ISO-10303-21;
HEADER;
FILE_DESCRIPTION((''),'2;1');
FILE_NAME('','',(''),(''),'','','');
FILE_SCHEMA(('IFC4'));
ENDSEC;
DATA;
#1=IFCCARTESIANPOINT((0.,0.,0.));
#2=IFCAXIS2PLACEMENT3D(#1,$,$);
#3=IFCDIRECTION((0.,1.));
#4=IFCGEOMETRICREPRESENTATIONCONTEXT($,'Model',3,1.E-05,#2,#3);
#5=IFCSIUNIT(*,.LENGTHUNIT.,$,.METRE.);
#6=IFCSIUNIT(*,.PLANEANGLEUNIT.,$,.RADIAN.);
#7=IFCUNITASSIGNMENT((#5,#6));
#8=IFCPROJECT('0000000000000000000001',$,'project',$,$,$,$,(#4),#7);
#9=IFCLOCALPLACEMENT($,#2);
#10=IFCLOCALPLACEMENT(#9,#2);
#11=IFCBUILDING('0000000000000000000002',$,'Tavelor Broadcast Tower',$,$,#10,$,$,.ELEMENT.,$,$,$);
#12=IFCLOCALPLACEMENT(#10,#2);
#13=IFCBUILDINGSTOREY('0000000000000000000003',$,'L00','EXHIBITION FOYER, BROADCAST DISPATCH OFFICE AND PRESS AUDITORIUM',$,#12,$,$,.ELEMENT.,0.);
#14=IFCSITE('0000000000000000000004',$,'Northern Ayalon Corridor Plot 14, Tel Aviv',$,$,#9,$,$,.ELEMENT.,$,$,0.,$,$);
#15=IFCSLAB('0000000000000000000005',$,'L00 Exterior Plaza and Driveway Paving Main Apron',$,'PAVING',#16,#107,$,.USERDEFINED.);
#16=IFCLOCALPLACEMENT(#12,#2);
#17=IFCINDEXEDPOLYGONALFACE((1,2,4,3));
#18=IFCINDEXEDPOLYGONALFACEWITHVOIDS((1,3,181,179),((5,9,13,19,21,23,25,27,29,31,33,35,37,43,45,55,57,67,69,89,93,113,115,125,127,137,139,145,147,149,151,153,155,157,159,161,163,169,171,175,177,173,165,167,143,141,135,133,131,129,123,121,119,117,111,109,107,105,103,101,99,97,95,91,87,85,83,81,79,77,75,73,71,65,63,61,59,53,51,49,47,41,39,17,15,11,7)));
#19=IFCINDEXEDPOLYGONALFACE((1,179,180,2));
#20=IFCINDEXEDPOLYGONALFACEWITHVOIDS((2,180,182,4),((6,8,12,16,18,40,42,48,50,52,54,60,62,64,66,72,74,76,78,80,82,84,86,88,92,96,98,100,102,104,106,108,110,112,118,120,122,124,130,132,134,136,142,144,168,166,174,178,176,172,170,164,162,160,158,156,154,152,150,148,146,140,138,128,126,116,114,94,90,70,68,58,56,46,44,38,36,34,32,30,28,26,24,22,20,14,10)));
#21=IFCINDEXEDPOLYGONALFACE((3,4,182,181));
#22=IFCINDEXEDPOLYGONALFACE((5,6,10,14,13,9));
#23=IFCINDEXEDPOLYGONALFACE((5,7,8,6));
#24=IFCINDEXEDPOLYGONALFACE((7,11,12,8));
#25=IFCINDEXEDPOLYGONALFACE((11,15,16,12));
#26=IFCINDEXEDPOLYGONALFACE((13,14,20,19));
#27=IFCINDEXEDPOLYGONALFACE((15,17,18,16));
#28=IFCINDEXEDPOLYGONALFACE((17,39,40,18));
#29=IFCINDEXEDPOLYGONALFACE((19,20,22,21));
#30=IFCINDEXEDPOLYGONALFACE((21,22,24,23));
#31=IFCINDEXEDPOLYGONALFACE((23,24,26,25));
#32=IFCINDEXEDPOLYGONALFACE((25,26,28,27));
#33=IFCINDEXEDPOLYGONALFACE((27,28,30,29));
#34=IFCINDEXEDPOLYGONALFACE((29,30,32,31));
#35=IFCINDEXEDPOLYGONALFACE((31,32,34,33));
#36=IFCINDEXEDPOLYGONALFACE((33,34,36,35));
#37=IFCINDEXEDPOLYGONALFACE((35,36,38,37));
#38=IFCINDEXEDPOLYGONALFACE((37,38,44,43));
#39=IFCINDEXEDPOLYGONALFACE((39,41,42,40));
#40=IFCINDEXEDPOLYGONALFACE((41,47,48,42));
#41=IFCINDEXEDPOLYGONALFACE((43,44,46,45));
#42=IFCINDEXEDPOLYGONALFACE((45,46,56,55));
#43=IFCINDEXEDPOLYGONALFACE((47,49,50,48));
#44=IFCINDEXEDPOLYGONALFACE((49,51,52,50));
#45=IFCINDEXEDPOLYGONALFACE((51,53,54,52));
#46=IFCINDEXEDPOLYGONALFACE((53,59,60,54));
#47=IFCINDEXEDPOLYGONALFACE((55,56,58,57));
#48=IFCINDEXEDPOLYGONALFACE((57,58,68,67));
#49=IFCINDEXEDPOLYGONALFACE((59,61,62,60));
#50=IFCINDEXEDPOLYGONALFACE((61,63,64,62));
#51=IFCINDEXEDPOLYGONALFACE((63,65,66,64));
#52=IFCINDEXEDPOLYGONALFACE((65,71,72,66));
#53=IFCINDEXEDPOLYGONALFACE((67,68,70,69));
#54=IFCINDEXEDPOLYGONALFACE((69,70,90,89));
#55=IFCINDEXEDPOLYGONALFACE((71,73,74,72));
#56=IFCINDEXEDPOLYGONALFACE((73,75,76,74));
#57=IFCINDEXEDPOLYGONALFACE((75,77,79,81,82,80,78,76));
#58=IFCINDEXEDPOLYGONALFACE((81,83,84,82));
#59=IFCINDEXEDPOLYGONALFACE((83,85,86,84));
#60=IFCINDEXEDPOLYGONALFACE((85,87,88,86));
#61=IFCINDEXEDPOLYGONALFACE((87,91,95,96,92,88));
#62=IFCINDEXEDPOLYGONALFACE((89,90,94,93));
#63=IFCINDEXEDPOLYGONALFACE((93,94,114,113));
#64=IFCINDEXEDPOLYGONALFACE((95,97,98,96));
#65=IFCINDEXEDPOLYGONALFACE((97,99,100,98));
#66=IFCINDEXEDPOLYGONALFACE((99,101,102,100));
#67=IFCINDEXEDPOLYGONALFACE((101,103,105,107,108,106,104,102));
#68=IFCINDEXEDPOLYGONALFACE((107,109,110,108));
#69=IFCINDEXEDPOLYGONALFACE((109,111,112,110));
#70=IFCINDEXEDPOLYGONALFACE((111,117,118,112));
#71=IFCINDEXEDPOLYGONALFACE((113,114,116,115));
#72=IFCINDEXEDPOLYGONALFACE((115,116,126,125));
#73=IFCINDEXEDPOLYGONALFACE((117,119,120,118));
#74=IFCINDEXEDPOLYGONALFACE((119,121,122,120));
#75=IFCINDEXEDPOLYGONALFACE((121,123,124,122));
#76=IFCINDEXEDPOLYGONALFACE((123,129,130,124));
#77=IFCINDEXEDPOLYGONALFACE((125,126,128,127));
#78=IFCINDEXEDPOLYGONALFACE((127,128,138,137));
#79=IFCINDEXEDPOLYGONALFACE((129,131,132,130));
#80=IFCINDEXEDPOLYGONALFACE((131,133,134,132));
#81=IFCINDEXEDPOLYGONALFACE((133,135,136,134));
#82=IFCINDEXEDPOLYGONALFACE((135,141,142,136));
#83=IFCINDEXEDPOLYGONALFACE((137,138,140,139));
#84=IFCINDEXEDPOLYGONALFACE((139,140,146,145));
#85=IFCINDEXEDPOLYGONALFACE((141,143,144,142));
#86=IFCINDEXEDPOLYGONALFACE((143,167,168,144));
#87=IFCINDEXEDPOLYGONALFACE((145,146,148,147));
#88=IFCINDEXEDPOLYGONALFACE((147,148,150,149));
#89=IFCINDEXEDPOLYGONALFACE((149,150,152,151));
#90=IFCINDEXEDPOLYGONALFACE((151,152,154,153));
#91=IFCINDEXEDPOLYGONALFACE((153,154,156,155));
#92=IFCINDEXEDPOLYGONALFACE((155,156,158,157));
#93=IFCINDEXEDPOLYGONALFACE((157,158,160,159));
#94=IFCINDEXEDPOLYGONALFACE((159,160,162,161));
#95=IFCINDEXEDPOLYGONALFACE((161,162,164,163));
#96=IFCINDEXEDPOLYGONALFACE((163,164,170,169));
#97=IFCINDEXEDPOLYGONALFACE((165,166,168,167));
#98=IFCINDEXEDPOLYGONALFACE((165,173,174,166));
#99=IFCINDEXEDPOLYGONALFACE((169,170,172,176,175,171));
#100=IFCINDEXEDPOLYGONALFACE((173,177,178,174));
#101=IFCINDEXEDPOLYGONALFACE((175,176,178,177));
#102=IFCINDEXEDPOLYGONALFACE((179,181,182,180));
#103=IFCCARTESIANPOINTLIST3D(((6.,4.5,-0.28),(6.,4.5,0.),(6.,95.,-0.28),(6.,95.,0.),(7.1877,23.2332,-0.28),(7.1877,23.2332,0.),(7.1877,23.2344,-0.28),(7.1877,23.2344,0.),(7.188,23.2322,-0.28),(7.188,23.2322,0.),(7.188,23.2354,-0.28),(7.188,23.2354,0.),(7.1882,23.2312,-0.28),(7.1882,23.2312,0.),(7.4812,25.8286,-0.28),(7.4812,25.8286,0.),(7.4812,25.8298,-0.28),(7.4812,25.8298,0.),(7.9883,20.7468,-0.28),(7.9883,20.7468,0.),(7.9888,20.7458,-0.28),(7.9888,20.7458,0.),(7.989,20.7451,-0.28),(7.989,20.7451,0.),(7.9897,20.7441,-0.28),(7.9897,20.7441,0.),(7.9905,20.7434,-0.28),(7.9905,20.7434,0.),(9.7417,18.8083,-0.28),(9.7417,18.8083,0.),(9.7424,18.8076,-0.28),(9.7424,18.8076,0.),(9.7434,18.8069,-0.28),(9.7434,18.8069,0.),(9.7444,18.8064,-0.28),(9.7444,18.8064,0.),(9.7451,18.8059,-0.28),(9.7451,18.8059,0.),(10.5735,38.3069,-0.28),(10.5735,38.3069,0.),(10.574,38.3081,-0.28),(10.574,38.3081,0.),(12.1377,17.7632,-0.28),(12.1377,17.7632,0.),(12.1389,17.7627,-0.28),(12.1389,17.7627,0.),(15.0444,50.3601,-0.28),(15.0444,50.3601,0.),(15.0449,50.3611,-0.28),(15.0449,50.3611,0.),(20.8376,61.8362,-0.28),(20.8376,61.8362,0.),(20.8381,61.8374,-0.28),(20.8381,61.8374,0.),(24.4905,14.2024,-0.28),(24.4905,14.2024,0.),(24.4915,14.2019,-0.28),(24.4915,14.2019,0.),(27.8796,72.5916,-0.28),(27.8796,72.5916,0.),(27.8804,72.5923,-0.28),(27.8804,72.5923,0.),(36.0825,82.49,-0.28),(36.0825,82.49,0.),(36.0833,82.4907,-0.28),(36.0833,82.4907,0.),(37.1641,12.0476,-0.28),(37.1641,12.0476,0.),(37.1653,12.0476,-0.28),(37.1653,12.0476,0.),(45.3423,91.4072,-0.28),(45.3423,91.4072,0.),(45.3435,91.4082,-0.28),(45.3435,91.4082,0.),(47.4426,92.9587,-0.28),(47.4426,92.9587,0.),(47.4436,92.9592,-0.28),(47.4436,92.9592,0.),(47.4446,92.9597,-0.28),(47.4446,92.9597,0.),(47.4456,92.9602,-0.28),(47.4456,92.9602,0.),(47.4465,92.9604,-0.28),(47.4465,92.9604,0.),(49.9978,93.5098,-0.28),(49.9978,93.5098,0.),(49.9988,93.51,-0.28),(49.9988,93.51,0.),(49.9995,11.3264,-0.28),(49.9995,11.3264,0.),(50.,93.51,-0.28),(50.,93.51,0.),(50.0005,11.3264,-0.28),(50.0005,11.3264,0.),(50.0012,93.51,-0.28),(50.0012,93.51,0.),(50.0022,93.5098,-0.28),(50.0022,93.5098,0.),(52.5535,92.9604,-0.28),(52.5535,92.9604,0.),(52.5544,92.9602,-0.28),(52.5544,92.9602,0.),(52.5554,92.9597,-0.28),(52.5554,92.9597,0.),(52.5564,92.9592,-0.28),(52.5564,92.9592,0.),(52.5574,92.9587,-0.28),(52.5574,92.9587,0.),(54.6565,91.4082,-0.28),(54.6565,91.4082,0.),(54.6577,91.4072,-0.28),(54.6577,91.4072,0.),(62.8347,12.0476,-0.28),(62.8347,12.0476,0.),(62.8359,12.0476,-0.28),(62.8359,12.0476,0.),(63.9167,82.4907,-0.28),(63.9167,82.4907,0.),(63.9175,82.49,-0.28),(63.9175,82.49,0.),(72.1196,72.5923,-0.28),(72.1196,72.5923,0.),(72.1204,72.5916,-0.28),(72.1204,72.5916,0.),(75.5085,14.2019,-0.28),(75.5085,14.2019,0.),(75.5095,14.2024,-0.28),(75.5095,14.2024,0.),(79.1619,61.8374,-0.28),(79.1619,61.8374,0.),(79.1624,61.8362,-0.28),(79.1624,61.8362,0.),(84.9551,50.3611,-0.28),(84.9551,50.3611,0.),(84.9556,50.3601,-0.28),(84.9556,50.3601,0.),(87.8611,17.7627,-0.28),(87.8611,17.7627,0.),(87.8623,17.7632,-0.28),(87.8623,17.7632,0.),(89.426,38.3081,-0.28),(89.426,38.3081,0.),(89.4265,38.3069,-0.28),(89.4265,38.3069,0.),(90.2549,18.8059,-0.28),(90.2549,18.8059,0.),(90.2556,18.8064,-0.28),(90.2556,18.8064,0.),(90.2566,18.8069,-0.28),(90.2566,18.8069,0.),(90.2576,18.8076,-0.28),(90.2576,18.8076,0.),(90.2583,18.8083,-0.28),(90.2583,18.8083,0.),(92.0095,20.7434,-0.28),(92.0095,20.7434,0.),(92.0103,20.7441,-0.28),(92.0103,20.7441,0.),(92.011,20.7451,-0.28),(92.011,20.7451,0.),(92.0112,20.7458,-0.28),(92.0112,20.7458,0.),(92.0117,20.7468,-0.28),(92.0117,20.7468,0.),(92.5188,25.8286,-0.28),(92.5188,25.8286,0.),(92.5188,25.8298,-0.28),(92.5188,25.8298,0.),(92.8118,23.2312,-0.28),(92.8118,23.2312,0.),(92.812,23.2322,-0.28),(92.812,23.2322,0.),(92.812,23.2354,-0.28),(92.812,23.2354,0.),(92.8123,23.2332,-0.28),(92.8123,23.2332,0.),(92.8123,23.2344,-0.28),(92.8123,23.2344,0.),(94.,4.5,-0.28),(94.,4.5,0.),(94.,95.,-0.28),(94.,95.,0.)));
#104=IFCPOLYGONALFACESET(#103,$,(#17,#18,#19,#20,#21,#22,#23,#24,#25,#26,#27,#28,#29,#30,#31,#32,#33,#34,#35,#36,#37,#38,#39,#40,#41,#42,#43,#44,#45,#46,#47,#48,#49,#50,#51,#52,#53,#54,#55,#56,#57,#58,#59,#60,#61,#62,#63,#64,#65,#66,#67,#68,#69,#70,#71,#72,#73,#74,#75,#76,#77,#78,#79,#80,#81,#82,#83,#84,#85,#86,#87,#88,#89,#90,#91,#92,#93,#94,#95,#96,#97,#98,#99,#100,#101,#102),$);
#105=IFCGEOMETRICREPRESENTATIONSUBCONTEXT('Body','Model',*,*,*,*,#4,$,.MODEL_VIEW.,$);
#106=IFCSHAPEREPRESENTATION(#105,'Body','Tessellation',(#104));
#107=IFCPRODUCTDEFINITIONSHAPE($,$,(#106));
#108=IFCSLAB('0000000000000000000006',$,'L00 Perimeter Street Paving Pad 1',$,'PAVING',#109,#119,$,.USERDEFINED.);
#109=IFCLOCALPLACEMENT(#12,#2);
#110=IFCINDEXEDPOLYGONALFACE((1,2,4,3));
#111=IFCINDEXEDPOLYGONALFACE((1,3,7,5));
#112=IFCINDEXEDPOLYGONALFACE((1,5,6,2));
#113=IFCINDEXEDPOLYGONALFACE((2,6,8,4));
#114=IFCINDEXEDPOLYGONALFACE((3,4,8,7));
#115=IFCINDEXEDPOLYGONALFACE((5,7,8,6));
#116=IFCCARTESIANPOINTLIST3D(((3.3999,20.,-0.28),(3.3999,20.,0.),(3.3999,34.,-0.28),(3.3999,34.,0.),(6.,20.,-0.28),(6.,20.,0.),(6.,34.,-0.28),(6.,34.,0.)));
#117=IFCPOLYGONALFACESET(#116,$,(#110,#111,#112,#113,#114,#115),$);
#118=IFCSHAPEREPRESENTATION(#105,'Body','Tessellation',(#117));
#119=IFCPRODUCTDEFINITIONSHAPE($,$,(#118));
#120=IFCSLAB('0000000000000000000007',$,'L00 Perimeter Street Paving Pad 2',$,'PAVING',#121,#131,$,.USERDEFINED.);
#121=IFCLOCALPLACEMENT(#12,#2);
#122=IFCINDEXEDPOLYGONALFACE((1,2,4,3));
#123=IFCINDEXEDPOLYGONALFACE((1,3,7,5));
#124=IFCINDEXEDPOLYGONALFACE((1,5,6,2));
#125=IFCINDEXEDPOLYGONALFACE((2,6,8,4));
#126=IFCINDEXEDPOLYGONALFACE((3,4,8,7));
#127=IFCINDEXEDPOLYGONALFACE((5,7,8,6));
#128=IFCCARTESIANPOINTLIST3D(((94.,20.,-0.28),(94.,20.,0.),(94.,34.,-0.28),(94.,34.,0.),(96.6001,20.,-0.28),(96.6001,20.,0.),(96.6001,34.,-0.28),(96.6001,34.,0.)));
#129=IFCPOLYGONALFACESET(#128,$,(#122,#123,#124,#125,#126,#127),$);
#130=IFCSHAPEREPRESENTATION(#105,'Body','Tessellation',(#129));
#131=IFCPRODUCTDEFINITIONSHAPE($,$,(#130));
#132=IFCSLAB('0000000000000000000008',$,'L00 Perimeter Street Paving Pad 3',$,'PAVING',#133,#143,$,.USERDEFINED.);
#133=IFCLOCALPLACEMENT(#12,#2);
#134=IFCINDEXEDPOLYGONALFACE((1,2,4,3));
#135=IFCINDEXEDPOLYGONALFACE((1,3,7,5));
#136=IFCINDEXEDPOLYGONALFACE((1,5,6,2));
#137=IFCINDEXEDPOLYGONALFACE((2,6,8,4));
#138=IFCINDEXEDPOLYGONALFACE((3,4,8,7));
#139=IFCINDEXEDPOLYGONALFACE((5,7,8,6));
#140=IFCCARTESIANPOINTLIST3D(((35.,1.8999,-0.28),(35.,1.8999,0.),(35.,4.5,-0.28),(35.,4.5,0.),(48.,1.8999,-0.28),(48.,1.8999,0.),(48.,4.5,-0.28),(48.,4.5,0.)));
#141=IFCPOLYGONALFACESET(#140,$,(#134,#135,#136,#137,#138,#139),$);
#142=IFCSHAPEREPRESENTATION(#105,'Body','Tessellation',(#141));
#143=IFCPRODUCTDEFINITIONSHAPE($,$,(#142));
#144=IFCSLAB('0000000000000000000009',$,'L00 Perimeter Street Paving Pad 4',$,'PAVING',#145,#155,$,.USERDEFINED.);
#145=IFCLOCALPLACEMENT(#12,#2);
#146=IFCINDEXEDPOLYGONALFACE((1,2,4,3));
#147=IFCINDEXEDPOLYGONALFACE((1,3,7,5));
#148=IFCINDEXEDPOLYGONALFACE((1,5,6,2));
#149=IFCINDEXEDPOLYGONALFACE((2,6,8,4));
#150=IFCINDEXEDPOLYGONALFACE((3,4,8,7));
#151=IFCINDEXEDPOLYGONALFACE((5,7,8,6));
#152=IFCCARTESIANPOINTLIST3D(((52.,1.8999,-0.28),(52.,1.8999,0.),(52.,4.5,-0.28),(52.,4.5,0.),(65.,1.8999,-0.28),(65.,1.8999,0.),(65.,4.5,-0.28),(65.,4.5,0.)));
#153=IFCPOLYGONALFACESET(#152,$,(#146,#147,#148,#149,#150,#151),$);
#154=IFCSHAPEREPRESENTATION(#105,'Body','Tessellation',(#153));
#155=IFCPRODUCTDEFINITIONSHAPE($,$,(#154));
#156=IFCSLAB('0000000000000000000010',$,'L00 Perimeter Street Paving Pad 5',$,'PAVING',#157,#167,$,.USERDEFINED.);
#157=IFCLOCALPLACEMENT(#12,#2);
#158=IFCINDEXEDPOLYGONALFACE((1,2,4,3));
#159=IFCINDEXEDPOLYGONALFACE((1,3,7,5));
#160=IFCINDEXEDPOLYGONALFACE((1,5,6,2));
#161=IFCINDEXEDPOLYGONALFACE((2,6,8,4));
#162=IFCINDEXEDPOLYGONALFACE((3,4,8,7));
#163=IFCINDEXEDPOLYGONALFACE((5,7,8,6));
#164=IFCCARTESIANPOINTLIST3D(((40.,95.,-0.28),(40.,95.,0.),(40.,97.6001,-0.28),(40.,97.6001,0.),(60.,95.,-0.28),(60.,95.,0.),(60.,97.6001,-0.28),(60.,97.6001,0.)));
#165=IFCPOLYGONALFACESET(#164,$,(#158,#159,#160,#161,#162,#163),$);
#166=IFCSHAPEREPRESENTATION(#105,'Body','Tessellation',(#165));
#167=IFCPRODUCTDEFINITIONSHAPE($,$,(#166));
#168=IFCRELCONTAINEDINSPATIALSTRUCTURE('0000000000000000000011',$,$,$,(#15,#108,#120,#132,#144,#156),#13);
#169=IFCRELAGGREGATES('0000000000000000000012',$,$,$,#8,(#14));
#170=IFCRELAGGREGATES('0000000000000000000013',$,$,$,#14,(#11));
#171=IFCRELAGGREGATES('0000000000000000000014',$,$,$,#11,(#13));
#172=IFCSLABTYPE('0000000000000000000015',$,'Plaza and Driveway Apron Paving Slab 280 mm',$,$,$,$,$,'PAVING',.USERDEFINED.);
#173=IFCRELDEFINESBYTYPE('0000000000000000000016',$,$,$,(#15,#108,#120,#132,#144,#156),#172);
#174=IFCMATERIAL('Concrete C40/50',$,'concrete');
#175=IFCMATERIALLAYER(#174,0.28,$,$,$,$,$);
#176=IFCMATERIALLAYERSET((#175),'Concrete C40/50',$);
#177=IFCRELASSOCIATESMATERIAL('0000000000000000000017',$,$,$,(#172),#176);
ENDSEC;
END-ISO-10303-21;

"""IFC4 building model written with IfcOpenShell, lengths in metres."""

from ifc_helpers import new_model, si_unit, direction, frame, origin, place, context, subcontext, project, spatial, polyline, outline, extrude, material, layer, layer_set, type_object, element, save


model = new_model("IFC4")

# Units and contexts
model_context = context("Model", 3, precision=1e-05, world=origin(), true_north=direction((0.0, 1.0)))
body_context = subcontext(model_context, "Body", "Model", "MODEL_VIEW")
ifc_project = project(units=[si_unit("LENGTHUNIT", "METRE"), si_unit("PLANEANGLEUNIT", "RADIAN")], contexts=[model_context])

# Site, building, storey
site_placement = place(None, origin())
site = spatial("IfcSite", under=ifc_project, at=site_placement, Name="Northern Ayalon Corridor Plot 14, Tel Aviv", CompositionType="ELEMENT", RefElevation=0.0)
building_placement = place(site_placement, origin())
building = spatial("IfcBuilding", under=site, at=building_placement, Name="Tavelor Broadcast Tower", CompositionType="ELEMENT")
storey_placement = place(building_placement, origin())
storey = spatial("IfcBuildingStorey", under=building, at=storey_placement, Name="L00", Description="EXHIBITION FOYER, BROADCAST DISPATCH OFFICE AND PRESS AUDITORIUM", CompositionType="ELEMENT", Elevation=0.0)

# Slabs
ifc_material_1 = material(Name="Concrete C40/50", Category="concrete")
ifc_layer_1 = layer(ifc_material_1, 0.28)
ifc_layer_set_1 = layer_set([ifc_layer_1], Name="Concrete C40/50")
slab_type_1 = type_object("IfcSlabType", Name="Plaza and Driveway Apron Paving Slab 280 mm", ElementType="PAVING", PredefinedType="USERDEFINED", material=ifc_layer_set_1)
slab_1_placement = place(storey_placement, frame((0.0, 0.0, -0.28)))
element("IfcSlab", 1, at=slab_1_placement, inside=storey, type_object=slab_type_1, Name="L00 Exterior Plaza and Driveway Paving Main Apron", ObjectType="PAVING", PredefinedType="USERDEFINED", context=body_context, shape_type="SweptSolid", body=[
    extrude(outline(polyline([(6.0, 4.5), (94.0, 4.5), (94.0, 95.0), (6.0, 95.0), (6.0, 4.5)]), holes=[polyline([(54.6577, 91.4072), (63.9167, 82.4907), (63.9175, 82.49), (72.1196, 72.5923), (72.1204, 72.5916), (79.1619, 61.8374), (79.1624, 61.8362), (84.9551, 50.3611), (84.9556, 50.3601), (89.426, 38.3081), (89.4265, 38.3069), (92.5188, 25.8298), (92.5188, 25.8286), (92.812, 23.2354), (92.8123, 23.2344), (92.8123, 23.2332), (92.812, 23.2322), (92.8118, 23.2312), (92.0117, 20.7468), (92.0112, 20.7458), (92.011, 20.7451), (92.0103, 20.7441), (92.0095, 20.7434), (90.2583, 18.8083), (90.2576, 18.8076), (90.2566, 18.8069), (90.2556, 18.8064), (90.2549, 18.8059), (87.8623, 17.7632), (87.8611, 17.7627), (75.5095, 14.2024), (75.5085, 14.2019), (62.8359, 12.0476), (62.8347, 12.0476), (50.0005, 11.3264), (49.9995, 11.3264), (37.1653, 12.0476), (37.1641, 12.0476), (24.4915, 14.2019), (24.4905, 14.2024), (12.1389, 17.7627), (12.1377, 17.7632), (9.7451, 18.8059), (9.7444, 18.8064), (9.7434, 18.8069), (9.7424, 18.8076), (9.7417, 18.8083), (7.9905, 20.7434), (7.9897, 20.7441), (7.989, 20.7451), (7.9888, 20.7458), (7.9883, 20.7468), (7.1882, 23.2312), (7.188, 23.2322), (7.1877, 23.2332), (7.1877, 23.2344), (7.188, 23.2354), (7.4812, 25.8286), (7.4812, 25.8298), (10.5735, 38.3069), (10.574, 38.3081), (15.0444, 50.3601), (15.0449, 50.3611), (20.8376, 61.8362), (20.8381, 61.8374), (27.8796, 72.5916), (27.8804, 72.5923), (36.0825, 82.49), (36.0833, 82.4907), (45.3423, 91.4072), (45.3435, 91.4082), (47.4426, 92.9587), (47.4436, 92.9592), (47.4446, 92.9597), (47.4456, 92.9602), (47.4465, 92.9604), (49.9978, 93.5098), (49.9988, 93.51), (50.0, 93.51), (50.0012, 93.51), (50.0022, 93.5098), (52.5535, 92.9604), (52.5544, 92.9602), (52.5554, 92.9597), (52.5564, 92.9592), (52.5574, 92.9587), (54.6565, 91.4082), (54.6577, 91.4072)])]), origin(), (0.0, 0.0, 1.0), 0.28),
])
slab_2_placement = place(storey_placement, frame((0.0, 0.0, -0.28)))
element("IfcSlab", 2, at=slab_2_placement, inside=storey, type_object=slab_type_1, Name="L00 Perimeter Street Paving Pad 1", ObjectType="PAVING", PredefinedType="USERDEFINED", context=body_context, shape_type="SweptSolid", body=[
    extrude(outline(polyline([(3.3999, 20.0), (6.0, 20.0), (6.0, 34.0), (3.3999, 34.0), (3.3999, 20.0)])), origin(), (0.0, 0.0, 1.0), 0.28),
])
slab_3_placement = place(storey_placement, frame((0.0, 0.0, -0.28)))
element("IfcSlab", 3, at=slab_3_placement, inside=storey, type_object=slab_type_1, Name="L00 Perimeter Street Paving Pad 2", ObjectType="PAVING", PredefinedType="USERDEFINED", context=body_context, shape_type="SweptSolid", body=[
    extrude(outline(polyline([(94.0, 20.0), (96.6001, 20.0), (96.6001, 34.0), (94.0, 34.0), (94.0, 20.0)])), origin(), (0.0, 0.0, 1.0), 0.28),
])
slab_4_placement = place(storey_placement, frame((0.0, 0.0, -0.28)))
element("IfcSlab", 4, at=slab_4_placement, inside=storey, type_object=slab_type_1, Name="L00 Perimeter Street Paving Pad 3", ObjectType="PAVING", PredefinedType="USERDEFINED", context=body_context, shape_type="SweptSolid", body=[
    extrude(outline(polyline([(35.0, 1.8999), (48.0, 1.8999), (48.0, 4.5), (35.0, 4.5), (35.0, 1.8999)])), origin(), (0.0, 0.0, 1.0), 0.28),
])
slab_5_placement = place(storey_placement, frame((0.0, 0.0, -0.28)))
element("IfcSlab", 5, at=slab_5_placement, inside=storey, type_object=slab_type_1, Name="L00 Perimeter Street Paving Pad 4", ObjectType="PAVING", PredefinedType="USERDEFINED", context=body_context, shape_type="SweptSolid", body=[
    extrude(outline(polyline([(52.0, 1.8999), (65.0, 1.8999), (65.0, 4.5), (52.0, 4.5), (52.0, 1.8999)])), origin(), (0.0, 0.0, 1.0), 0.28),
])
slab_6_placement = place(storey_placement, frame((0.0, 0.0, -0.28)))
element("IfcSlab", 6, at=slab_6_placement, inside=storey, type_object=slab_type_1, Name="L00 Perimeter Street Paving Pad 5", ObjectType="PAVING", PredefinedType="USERDEFINED", context=body_context, shape_type="SweptSolid", body=[
    extrude(outline(polyline([(40.0, 95.0), (60.0, 95.0), (60.0, 97.6001), (40.0, 97.6001), (40.0, 95.0)])), origin(), (0.0, 0.0, 1.0), 0.28),
])

save(model, "model.ifc")
